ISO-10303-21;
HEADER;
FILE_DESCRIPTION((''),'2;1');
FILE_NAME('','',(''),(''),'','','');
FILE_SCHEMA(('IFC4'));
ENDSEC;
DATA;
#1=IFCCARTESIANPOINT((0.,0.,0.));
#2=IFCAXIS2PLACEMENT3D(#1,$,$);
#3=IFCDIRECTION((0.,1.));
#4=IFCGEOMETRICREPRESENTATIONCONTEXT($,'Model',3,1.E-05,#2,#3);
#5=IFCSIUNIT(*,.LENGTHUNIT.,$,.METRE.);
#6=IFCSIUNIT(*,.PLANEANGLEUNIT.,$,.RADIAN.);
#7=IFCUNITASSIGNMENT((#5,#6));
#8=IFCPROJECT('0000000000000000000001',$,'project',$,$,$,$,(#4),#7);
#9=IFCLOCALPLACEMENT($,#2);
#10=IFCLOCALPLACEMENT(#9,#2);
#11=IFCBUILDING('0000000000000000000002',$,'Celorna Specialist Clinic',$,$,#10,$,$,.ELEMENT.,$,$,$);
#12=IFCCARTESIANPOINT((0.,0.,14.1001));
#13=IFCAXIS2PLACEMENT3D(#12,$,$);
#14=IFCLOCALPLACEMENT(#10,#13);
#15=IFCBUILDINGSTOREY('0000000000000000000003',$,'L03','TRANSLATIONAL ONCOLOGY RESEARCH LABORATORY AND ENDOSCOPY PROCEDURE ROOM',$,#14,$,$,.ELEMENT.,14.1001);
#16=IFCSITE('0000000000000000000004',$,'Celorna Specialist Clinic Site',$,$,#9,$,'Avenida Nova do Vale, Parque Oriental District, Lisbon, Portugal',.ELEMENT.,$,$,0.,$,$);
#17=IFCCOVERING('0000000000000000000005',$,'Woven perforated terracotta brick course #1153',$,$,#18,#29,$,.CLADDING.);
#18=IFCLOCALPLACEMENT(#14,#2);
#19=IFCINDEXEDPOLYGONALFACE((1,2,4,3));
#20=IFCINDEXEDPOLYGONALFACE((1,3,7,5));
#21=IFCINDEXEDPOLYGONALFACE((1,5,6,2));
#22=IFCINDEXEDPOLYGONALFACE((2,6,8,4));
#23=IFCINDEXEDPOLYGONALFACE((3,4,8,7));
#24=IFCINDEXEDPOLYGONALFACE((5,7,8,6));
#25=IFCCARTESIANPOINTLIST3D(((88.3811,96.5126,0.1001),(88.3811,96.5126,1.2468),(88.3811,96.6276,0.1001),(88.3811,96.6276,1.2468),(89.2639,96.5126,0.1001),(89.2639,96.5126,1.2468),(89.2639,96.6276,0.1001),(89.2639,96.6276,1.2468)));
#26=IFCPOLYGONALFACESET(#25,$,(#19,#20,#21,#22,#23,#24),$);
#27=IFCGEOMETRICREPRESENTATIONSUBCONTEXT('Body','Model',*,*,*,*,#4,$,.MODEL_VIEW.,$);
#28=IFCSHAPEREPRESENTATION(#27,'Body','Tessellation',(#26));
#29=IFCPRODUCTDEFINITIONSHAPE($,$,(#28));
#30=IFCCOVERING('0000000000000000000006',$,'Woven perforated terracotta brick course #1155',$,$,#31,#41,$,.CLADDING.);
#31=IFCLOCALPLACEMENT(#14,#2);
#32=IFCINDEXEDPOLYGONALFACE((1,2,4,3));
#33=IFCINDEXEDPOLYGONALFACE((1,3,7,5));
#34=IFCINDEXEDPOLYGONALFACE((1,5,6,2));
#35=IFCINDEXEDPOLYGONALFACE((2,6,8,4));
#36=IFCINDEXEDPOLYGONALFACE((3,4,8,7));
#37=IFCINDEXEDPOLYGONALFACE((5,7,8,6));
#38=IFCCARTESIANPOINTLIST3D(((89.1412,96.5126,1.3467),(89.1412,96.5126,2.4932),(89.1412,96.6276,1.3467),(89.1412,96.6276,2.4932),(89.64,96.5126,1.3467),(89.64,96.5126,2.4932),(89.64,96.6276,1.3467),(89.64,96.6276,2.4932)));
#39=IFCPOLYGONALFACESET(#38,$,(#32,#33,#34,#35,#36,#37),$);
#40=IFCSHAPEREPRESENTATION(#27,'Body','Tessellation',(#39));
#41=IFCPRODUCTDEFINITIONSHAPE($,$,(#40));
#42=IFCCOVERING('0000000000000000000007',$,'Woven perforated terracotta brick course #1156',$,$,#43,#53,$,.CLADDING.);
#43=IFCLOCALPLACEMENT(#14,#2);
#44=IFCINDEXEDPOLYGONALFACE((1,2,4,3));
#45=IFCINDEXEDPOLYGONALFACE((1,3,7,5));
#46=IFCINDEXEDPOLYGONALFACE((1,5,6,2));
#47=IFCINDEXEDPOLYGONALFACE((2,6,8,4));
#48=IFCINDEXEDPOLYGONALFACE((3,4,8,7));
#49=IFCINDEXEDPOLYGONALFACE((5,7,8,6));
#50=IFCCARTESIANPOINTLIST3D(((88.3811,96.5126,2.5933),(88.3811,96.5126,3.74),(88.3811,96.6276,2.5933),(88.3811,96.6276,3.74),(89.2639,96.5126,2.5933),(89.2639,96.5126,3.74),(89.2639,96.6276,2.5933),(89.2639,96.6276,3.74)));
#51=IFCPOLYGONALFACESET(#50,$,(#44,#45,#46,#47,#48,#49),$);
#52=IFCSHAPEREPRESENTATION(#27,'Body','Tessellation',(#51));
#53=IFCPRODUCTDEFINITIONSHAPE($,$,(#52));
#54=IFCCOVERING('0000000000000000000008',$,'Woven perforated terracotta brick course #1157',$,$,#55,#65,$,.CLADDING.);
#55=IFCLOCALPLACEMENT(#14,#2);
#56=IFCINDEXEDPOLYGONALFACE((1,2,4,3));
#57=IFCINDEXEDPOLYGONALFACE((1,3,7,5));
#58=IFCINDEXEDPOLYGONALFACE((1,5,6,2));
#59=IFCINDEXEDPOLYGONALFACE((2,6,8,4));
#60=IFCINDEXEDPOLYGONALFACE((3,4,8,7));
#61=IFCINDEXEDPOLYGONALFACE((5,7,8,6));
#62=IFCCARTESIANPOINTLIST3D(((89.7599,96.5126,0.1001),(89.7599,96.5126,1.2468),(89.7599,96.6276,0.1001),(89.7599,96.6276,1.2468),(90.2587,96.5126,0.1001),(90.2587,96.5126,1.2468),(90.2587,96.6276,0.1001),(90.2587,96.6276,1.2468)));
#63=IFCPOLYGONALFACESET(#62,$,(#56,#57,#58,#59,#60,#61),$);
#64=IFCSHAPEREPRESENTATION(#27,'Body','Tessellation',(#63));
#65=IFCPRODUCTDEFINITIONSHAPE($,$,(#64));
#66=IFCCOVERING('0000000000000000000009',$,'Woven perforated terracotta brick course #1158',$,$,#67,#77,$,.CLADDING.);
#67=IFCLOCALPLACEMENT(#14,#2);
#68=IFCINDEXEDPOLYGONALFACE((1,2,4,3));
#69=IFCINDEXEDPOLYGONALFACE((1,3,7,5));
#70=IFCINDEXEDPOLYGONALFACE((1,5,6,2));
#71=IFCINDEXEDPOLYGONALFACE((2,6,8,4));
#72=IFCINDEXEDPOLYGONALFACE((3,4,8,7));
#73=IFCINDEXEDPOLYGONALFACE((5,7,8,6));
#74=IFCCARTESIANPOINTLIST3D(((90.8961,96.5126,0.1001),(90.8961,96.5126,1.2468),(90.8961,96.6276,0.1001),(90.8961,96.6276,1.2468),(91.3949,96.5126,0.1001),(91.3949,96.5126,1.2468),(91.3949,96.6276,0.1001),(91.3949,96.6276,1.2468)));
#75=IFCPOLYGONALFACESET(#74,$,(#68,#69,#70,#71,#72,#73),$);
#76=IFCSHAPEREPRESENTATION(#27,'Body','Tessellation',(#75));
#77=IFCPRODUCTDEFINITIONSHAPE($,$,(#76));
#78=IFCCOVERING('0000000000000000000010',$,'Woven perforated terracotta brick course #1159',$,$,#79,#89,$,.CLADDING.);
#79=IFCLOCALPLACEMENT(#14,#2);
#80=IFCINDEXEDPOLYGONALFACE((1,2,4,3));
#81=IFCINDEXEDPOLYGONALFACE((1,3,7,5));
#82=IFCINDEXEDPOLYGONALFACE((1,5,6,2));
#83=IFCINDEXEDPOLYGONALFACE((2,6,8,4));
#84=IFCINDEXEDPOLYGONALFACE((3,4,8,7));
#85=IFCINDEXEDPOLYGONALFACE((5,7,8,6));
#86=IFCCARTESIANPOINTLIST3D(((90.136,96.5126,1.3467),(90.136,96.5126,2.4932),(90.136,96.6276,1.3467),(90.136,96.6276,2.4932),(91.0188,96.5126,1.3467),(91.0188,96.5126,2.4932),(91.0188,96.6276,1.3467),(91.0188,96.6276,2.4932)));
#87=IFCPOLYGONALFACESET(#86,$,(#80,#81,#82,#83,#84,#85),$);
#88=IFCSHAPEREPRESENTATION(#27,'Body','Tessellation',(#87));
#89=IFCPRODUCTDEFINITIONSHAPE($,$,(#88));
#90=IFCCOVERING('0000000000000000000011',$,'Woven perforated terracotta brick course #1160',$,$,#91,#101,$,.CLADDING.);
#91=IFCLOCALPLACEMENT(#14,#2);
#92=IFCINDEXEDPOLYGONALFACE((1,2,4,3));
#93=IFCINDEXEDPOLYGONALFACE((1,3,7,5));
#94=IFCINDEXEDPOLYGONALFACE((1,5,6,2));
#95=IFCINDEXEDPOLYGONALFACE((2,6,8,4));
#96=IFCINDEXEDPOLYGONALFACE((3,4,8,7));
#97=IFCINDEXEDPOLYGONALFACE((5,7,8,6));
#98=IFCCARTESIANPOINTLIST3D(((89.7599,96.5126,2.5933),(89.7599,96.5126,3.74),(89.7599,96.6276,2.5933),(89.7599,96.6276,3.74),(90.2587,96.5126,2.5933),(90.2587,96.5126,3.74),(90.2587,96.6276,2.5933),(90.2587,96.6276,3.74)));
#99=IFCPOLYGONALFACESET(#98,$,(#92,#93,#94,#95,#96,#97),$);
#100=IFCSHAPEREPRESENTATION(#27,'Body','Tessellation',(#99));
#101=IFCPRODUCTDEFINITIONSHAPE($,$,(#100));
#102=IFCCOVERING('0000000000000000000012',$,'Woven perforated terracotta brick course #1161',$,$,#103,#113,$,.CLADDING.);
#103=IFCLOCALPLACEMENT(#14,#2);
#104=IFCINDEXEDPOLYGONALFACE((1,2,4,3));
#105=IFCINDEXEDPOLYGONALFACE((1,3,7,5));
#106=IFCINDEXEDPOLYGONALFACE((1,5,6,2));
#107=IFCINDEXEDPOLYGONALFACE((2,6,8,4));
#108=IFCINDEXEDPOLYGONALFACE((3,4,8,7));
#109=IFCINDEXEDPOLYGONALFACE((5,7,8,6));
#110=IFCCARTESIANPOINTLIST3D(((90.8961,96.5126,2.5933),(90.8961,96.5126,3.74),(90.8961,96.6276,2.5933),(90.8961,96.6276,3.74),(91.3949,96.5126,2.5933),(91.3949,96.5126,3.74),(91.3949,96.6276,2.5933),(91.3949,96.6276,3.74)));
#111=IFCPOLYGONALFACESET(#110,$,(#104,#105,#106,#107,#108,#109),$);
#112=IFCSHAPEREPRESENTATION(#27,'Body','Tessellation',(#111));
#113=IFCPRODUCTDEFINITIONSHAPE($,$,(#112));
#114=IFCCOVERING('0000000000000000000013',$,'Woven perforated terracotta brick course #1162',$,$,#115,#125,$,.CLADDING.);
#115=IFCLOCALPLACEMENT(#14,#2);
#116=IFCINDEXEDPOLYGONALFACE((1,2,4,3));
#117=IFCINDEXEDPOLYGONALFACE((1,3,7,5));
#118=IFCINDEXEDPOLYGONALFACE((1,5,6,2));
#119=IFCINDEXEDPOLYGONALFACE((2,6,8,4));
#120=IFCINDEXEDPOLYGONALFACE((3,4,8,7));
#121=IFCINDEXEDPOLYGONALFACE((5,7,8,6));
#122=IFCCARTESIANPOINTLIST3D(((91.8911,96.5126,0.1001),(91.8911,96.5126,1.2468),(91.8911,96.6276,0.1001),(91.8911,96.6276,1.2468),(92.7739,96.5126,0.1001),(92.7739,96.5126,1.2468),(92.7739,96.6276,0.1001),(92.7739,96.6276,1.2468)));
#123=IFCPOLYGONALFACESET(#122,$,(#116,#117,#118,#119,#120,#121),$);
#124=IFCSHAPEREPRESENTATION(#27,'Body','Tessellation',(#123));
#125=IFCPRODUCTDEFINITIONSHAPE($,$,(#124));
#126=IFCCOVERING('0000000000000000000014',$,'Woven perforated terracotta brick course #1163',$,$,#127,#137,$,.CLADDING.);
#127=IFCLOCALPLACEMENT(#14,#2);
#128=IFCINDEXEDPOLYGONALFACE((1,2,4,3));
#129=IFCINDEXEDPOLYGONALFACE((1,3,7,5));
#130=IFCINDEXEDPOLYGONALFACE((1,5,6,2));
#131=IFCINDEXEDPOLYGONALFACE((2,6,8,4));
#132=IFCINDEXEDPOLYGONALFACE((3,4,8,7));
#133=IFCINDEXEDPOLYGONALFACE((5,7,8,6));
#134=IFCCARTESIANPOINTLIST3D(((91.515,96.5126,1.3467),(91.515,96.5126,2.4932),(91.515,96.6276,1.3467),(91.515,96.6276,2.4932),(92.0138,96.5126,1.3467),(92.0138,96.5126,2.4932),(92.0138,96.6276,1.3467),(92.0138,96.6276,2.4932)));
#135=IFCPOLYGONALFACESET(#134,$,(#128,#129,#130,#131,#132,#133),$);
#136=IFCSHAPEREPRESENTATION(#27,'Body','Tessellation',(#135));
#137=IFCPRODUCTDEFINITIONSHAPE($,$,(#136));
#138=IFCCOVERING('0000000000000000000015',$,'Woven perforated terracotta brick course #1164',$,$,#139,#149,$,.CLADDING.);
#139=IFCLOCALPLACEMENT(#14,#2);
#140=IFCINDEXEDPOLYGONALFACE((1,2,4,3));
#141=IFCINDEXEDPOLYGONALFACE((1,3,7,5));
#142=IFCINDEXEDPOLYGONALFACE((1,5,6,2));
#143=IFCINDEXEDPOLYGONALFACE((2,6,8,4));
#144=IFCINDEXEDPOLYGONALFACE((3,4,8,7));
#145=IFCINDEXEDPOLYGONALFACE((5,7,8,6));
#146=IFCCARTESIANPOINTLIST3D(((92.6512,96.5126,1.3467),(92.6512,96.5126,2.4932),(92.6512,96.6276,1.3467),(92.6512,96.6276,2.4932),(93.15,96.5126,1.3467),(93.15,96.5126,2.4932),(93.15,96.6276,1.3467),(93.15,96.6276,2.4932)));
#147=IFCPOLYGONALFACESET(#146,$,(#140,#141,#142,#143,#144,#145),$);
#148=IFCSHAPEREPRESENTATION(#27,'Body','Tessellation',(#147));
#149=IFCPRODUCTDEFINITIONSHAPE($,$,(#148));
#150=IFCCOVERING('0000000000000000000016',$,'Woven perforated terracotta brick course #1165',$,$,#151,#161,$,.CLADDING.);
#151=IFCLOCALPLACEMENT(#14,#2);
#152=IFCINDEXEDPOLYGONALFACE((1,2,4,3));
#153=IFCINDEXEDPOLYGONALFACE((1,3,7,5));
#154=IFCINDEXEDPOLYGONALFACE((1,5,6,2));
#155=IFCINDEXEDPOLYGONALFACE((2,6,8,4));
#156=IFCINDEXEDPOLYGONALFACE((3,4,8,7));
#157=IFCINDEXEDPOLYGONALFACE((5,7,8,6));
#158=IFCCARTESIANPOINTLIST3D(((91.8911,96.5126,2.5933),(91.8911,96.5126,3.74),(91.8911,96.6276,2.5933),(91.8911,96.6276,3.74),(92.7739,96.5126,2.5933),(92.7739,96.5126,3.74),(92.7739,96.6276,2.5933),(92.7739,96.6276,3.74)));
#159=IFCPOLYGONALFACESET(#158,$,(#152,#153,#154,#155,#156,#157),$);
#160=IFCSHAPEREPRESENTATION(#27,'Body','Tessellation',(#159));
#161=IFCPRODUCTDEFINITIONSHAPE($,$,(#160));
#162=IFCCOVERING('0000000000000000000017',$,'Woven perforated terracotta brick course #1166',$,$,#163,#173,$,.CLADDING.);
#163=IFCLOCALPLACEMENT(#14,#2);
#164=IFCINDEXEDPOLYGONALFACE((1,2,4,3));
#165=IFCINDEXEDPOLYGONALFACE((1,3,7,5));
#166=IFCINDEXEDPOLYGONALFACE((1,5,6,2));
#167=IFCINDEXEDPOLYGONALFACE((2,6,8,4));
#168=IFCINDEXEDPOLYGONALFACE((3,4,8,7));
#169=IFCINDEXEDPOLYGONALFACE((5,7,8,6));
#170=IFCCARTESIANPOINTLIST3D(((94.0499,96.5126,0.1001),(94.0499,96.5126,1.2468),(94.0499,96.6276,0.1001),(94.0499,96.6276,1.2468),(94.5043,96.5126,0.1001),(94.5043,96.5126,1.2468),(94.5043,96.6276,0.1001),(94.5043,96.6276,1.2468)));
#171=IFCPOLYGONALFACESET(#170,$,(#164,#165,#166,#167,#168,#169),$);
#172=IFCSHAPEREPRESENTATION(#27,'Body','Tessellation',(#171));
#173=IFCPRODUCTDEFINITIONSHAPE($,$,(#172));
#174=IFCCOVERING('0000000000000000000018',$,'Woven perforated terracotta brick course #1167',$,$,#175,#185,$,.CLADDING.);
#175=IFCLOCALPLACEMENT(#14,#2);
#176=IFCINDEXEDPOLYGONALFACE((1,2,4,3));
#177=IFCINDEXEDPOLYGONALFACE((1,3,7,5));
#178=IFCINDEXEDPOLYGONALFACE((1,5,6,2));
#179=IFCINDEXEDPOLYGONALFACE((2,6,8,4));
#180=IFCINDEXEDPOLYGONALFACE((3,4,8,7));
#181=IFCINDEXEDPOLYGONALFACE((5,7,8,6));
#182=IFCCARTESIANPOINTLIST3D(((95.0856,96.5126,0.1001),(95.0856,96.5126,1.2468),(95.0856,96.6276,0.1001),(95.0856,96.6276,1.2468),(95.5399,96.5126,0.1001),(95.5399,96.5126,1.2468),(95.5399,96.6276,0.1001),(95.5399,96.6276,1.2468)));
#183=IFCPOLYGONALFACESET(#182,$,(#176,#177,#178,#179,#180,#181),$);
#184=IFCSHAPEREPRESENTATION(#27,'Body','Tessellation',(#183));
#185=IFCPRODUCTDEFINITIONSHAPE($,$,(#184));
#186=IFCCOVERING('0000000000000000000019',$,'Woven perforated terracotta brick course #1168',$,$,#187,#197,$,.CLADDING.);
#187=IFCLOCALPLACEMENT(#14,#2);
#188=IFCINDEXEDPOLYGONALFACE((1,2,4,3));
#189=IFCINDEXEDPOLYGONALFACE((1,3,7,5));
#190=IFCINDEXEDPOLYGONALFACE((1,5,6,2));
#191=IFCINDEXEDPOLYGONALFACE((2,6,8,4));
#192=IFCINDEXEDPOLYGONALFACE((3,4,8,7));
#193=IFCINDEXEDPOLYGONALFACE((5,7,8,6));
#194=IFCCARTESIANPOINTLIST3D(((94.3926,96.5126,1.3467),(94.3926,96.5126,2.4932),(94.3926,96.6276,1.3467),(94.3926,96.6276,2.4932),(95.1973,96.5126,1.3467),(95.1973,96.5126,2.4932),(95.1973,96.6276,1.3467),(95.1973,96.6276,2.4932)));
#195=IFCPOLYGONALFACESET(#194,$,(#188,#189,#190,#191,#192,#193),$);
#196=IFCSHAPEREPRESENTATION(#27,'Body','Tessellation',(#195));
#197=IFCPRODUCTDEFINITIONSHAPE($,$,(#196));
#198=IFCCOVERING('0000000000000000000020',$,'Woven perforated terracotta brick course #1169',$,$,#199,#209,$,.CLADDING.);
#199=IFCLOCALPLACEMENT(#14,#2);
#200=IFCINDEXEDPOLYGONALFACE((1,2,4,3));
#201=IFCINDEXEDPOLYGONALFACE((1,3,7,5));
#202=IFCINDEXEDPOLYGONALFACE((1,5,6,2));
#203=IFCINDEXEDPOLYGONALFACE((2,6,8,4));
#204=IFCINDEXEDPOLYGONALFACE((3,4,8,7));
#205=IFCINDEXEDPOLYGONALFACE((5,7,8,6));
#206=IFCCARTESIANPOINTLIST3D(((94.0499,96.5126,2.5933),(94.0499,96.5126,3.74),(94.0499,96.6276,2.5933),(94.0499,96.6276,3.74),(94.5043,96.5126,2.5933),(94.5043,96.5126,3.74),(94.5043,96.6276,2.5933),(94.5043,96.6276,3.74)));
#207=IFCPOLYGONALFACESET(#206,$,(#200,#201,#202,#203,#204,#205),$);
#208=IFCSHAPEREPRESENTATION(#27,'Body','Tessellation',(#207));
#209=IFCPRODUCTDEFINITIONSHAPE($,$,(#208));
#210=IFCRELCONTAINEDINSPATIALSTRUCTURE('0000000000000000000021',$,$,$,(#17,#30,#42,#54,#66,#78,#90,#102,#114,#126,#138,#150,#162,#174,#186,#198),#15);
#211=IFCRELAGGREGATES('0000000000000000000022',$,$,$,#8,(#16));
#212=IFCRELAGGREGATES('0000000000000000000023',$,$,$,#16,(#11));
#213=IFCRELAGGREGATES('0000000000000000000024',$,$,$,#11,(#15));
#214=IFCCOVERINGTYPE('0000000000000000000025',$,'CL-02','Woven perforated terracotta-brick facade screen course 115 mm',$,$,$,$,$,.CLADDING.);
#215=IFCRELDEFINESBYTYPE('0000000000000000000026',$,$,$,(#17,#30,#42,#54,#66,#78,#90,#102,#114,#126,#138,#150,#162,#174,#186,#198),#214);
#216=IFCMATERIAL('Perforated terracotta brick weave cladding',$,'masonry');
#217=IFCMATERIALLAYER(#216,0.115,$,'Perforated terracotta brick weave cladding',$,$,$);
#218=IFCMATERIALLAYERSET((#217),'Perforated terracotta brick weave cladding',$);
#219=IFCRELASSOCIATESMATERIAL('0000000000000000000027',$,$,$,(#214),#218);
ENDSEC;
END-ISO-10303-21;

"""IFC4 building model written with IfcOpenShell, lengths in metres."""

from ifc_helpers import new_model, si_unit, direction, frame, origin, origin_2d, place, context, subcontext, project, spatial, rectangle, extrude, material, layer, layer_set, type_object, element, save


model = new_model("IFC4")

# Units and contexts
model_context = context("Model", 3, precision=1e-05, world=origin(), true_north=direction((0.0, 1.0)))
body_context = subcontext(model_context, "Body", "Model", "MODEL_VIEW")
ifc_project = project(units=[si_unit("LENGTHUNIT", "METRE"), si_unit("PLANEANGLEUNIT", "RADIAN")], contexts=[model_context])

# Site, building, storey
site_placement = place(None, origin())
site = spatial("IfcSite", under=ifc_project, at=site_placement, Name="Celorna Specialist Clinic Site", LongName="Avenida Nova do Vale, Parque Oriental District, Lisbon, Portugal", CompositionType="ELEMENT", RefElevation=0.0)
building_placement = place(site_placement, origin())
building = spatial("IfcBuilding", under=site, at=building_placement, Name="Celorna Specialist Clinic", CompositionType="ELEMENT")
storey_placement = place(building_placement, frame((0.0, 0.0, 14.1001)))
storey = spatial("IfcBuildingStorey", under=building, at=storey_placement, Name="L03", Description="TRANSLATIONAL ONCOLOGY RESEARCH LABORATORY AND ENDOSCOPY PROCEDURE ROOM", CompositionType="ELEMENT", Elevation=14.1001)

# Coverings
ifc_material = material(Name="Perforated terracotta brick weave cladding", Category="masonry")
ifc_layer = layer(ifc_material, 0.115, Name="Perforated terracotta brick weave cladding")
ifc_layer_set = layer_set([ifc_layer], Name="Perforated terracotta brick weave cladding")
covering_type = type_object("IfcCoveringType", Name="CL-02", Description="Woven perforated terracotta-brick facade screen course 115 mm", PredefinedType="CLADDING", material=ifc_layer_set)
covering_1_placement = place(storey_placement, frame((88.8225, 96.5701, 0.1001), z_axis=(0.0, 0.0, 1.0), x_axis=(1.0, 0.0, 0.0)))
element("IfcCovering", 1, at=covering_1_placement, inside=storey, type_object=covering_type, Name="Woven perforated terracotta brick course #1153", PredefinedType="CLADDING", context=body_context, shape_type="SweptSolid", body=[
    extrude(rectangle(XDim=0.8828, YDim=0.115, at=origin_2d()), origin(), (0.0, 0.0, 1.0), 1.1467),
])
covering_2_placement = place(storey_placement, frame((89.3906, 96.5701, 1.3467), z_axis=(0.0, 0.0, 1.0), x_axis=(1.0, 0.0, 0.0)))
element("IfcCovering", 2, at=covering_2_placement, inside=storey, type_object=covering_type, Name="Woven perforated terracotta brick course #1155", PredefinedType="CLADDING", context=body_context, shape_type="SweptSolid", body=[
    extrude(rectangle(XDim=0.4988, YDim=0.115, at=origin_2d()), origin(), (0.0, 0.0, 1.0), 1.1465),
])
covering_3_placement = place(storey_placement, frame((88.8225, 96.5701, 2.5933), z_axis=(0.0, 0.0, 1.0), x_axis=(1.0, 0.0, 0.0)))
element("IfcCovering", 3, at=covering_3_placement, inside=storey, type_object=covering_type, Name="Woven perforated terracotta brick course #1156", PredefinedType="CLADDING", context=body_context, shape_type="SweptSolid", body=[
    extrude(rectangle(XDim=0.8828, YDim=0.115, at=origin_2d()), origin(), (0.0, 0.0, 1.0), 1.1467),
])
for number, where, z_axis, x_axis, name in (
    (4, (90.0093, 96.5701, 0.1001), (0.0, 0.0, 1.0), (1.0, 0.0, 0.0), "Woven perforated terracotta brick course #1157"),
    (5, (91.1455, 96.5701, 0.1001), (0.0, 0.0, 1.0), (1.0, 0.0, 0.0), "Woven perforated terracotta brick course #1158"),
):
    element("IfcCovering", number, at=place(storey_placement, frame(where, z_axis=z_axis, x_axis=x_axis)), inside=storey, type_object=covering_type, Name=name, PredefinedType="CLADDING", context=body_context, shape_type="SweptSolid", body=[
        extrude(rectangle(XDim=0.4988, YDim=0.115, at=origin_2d()), origin(), (0.0, 0.0, 1.0), 1.1467),
    ])
covering_4_placement = place(storey_placement, frame((90.5774, 96.5701, 1.3467), z_axis=(0.0, 0.0, 1.0), x_axis=(1.0, 0.0, 0.0)))
element("IfcCovering", 6, at=covering_4_placement, inside=storey, type_object=covering_type, Name="Woven perforated terracotta brick course #1159", PredefinedType="CLADDING", context=body_context, shape_type="SweptSolid", body=[
    extrude(rectangle(XDim=0.8828, YDim=0.115, at=origin_2d()), origin(), (0.0, 0.0, 1.0), 1.1465),
])
for number, where, z_axis, x_axis, name in (
    (7, (90.0093, 96.5701, 2.5933), (0.0, 0.0, 1.0), (1.0, 0.0, 0.0), "Woven perforated terracotta brick course #1160"),
    (8, (91.1455, 96.5701, 2.5933), (0.0, 0.0, 1.0), (1.0, 0.0, 0.0), "Woven perforated terracotta brick course #1161"),
):
    element("IfcCovering", number, at=place(storey_placement, frame(where, z_axis=z_axis, x_axis=x_axis)), inside=storey, type_object=covering_type, Name=name, PredefinedType="CLADDING", context=body_context, shape_type="SweptSolid", body=[
        extrude(rectangle(XDim=0.4988, YDim=0.115, at=origin_2d()), origin(), (0.0, 0.0, 1.0), 1.1467),
    ])
covering_5_placement = place(storey_placement, frame((92.3325, 96.5701, 0.1001), z_axis=(0.0, 0.0, 1.0), x_axis=(1.0, 0.0, 0.0)))
element("IfcCovering", 9, at=covering_5_placement, inside=storey, type_object=covering_type, Name="Woven perforated terracotta brick course #1162", PredefinedType="CLADDING", context=body_context, shape_type="SweptSolid", body=[
    extrude(rectangle(XDim=0.8828, YDim=0.115, at=origin_2d()), origin(), (0.0, 0.0, 1.0), 1.1467),
])
for number, where, z_axis, x_axis, name in (
    (10, (91.7644, 96.5701, 1.3467), (0.0, 0.0, 1.0), (1.0, 0.0, 0.0), "Woven perforated terracotta brick course #1163"),
    (11, (92.9006, 96.5701, 1.3467), (0.0, 0.0, 1.0), (1.0, 0.0, 0.0), "Woven perforated terracotta brick course #1164"),
):
    element("IfcCovering", number, at=place(storey_placement, frame(where, z_axis=z_axis, x_axis=x_axis)), inside=storey, type_object=covering_type, Name=name, PredefinedType="CLADDING", context=body_context, shape_type="SweptSolid", body=[
        extrude(rectangle(XDim=0.4988, YDim=0.115, at=origin_2d()), origin(), (0.0, 0.0, 1.0), 1.1465),
    ])
covering_6_placement = place(storey_placement, frame((92.3325, 96.5701, 2.5933), z_axis=(0.0, 0.0, 1.0), x_axis=(1.0, 0.0, 0.0)))
element("IfcCovering", 12, at=covering_6_placement, inside=storey, type_object=covering_type, Name="Woven perforated terracotta brick course #1165", PredefinedType="CLADDING", context=body_context, shape_type="SweptSolid", body=[
    extrude(rectangle(XDim=0.8828, YDim=0.115, at=origin_2d()), origin(), (0.0, 0.0, 1.0), 1.1467),
])
for number, where, z_axis, x_axis, name in (
    (13, (94.2771, 96.5701, 0.1001), (0.0, 0.0, 1.0), (1.0, 0.0, 0.0), "Woven perforated terracotta brick course #1166"),
    (14, (95.3127, 96.5701, 0.1001), (0.0, 0.0, 1.0), (1.0, 0.0, 0.0), "Woven perforated terracotta brick course #1167"),
):
    element("IfcCovering", number, at=place(storey_placement, frame(where, z_axis=z_axis, x_axis=x_axis)), inside=storey, type_object=covering_type, Name=name, PredefinedType="CLADDING", context=body_context, shape_type="SweptSolid", body=[
        extrude(rectangle(XDim=0.4543, YDim=0.115, at=origin_2d()), origin(), (0.0, 0.0, 1.0), 1.1467),
    ])
covering_7_placement = place(storey_placement, frame((94.7949, 96.5701, 1.3467), z_axis=(0.0, 0.0, 1.0), x_axis=(1.0, 0.0, 0.0)))
element("IfcCovering", 15, at=covering_7_placement, inside=storey, type_object=covering_type, Name="Woven perforated terracotta brick course #1168", PredefinedType="CLADDING", context=body_context, shape_type="SweptSolid", body=[
    extrude(rectangle(XDim=0.8047, YDim=0.115, at=origin_2d()), origin(), (0.0, 0.0, 1.0), 1.1465),
])
for number, where, z_axis, x_axis, name in (
    (16, (94.2771, 96.5701, 2.5933), (0.0, 0.0, 1.0), (1.0, 0.0, 0.0), "Woven perforated terracotta brick course #1169"),
):
    element("IfcCovering", number, at=place(storey_placement, frame(where, z_axis=z_axis, x_axis=x_axis)), inside=storey, type_object=covering_type, Name=name, PredefinedType="CLADDING", context=body_context, shape_type="SweptSolid", body=[
        extrude(rectangle(XDim=0.4543, YDim=0.115, at=origin_2d()), origin(), (0.0, 0.0, 1.0), 1.1467),
    ])

save(model, "model.ifc")
